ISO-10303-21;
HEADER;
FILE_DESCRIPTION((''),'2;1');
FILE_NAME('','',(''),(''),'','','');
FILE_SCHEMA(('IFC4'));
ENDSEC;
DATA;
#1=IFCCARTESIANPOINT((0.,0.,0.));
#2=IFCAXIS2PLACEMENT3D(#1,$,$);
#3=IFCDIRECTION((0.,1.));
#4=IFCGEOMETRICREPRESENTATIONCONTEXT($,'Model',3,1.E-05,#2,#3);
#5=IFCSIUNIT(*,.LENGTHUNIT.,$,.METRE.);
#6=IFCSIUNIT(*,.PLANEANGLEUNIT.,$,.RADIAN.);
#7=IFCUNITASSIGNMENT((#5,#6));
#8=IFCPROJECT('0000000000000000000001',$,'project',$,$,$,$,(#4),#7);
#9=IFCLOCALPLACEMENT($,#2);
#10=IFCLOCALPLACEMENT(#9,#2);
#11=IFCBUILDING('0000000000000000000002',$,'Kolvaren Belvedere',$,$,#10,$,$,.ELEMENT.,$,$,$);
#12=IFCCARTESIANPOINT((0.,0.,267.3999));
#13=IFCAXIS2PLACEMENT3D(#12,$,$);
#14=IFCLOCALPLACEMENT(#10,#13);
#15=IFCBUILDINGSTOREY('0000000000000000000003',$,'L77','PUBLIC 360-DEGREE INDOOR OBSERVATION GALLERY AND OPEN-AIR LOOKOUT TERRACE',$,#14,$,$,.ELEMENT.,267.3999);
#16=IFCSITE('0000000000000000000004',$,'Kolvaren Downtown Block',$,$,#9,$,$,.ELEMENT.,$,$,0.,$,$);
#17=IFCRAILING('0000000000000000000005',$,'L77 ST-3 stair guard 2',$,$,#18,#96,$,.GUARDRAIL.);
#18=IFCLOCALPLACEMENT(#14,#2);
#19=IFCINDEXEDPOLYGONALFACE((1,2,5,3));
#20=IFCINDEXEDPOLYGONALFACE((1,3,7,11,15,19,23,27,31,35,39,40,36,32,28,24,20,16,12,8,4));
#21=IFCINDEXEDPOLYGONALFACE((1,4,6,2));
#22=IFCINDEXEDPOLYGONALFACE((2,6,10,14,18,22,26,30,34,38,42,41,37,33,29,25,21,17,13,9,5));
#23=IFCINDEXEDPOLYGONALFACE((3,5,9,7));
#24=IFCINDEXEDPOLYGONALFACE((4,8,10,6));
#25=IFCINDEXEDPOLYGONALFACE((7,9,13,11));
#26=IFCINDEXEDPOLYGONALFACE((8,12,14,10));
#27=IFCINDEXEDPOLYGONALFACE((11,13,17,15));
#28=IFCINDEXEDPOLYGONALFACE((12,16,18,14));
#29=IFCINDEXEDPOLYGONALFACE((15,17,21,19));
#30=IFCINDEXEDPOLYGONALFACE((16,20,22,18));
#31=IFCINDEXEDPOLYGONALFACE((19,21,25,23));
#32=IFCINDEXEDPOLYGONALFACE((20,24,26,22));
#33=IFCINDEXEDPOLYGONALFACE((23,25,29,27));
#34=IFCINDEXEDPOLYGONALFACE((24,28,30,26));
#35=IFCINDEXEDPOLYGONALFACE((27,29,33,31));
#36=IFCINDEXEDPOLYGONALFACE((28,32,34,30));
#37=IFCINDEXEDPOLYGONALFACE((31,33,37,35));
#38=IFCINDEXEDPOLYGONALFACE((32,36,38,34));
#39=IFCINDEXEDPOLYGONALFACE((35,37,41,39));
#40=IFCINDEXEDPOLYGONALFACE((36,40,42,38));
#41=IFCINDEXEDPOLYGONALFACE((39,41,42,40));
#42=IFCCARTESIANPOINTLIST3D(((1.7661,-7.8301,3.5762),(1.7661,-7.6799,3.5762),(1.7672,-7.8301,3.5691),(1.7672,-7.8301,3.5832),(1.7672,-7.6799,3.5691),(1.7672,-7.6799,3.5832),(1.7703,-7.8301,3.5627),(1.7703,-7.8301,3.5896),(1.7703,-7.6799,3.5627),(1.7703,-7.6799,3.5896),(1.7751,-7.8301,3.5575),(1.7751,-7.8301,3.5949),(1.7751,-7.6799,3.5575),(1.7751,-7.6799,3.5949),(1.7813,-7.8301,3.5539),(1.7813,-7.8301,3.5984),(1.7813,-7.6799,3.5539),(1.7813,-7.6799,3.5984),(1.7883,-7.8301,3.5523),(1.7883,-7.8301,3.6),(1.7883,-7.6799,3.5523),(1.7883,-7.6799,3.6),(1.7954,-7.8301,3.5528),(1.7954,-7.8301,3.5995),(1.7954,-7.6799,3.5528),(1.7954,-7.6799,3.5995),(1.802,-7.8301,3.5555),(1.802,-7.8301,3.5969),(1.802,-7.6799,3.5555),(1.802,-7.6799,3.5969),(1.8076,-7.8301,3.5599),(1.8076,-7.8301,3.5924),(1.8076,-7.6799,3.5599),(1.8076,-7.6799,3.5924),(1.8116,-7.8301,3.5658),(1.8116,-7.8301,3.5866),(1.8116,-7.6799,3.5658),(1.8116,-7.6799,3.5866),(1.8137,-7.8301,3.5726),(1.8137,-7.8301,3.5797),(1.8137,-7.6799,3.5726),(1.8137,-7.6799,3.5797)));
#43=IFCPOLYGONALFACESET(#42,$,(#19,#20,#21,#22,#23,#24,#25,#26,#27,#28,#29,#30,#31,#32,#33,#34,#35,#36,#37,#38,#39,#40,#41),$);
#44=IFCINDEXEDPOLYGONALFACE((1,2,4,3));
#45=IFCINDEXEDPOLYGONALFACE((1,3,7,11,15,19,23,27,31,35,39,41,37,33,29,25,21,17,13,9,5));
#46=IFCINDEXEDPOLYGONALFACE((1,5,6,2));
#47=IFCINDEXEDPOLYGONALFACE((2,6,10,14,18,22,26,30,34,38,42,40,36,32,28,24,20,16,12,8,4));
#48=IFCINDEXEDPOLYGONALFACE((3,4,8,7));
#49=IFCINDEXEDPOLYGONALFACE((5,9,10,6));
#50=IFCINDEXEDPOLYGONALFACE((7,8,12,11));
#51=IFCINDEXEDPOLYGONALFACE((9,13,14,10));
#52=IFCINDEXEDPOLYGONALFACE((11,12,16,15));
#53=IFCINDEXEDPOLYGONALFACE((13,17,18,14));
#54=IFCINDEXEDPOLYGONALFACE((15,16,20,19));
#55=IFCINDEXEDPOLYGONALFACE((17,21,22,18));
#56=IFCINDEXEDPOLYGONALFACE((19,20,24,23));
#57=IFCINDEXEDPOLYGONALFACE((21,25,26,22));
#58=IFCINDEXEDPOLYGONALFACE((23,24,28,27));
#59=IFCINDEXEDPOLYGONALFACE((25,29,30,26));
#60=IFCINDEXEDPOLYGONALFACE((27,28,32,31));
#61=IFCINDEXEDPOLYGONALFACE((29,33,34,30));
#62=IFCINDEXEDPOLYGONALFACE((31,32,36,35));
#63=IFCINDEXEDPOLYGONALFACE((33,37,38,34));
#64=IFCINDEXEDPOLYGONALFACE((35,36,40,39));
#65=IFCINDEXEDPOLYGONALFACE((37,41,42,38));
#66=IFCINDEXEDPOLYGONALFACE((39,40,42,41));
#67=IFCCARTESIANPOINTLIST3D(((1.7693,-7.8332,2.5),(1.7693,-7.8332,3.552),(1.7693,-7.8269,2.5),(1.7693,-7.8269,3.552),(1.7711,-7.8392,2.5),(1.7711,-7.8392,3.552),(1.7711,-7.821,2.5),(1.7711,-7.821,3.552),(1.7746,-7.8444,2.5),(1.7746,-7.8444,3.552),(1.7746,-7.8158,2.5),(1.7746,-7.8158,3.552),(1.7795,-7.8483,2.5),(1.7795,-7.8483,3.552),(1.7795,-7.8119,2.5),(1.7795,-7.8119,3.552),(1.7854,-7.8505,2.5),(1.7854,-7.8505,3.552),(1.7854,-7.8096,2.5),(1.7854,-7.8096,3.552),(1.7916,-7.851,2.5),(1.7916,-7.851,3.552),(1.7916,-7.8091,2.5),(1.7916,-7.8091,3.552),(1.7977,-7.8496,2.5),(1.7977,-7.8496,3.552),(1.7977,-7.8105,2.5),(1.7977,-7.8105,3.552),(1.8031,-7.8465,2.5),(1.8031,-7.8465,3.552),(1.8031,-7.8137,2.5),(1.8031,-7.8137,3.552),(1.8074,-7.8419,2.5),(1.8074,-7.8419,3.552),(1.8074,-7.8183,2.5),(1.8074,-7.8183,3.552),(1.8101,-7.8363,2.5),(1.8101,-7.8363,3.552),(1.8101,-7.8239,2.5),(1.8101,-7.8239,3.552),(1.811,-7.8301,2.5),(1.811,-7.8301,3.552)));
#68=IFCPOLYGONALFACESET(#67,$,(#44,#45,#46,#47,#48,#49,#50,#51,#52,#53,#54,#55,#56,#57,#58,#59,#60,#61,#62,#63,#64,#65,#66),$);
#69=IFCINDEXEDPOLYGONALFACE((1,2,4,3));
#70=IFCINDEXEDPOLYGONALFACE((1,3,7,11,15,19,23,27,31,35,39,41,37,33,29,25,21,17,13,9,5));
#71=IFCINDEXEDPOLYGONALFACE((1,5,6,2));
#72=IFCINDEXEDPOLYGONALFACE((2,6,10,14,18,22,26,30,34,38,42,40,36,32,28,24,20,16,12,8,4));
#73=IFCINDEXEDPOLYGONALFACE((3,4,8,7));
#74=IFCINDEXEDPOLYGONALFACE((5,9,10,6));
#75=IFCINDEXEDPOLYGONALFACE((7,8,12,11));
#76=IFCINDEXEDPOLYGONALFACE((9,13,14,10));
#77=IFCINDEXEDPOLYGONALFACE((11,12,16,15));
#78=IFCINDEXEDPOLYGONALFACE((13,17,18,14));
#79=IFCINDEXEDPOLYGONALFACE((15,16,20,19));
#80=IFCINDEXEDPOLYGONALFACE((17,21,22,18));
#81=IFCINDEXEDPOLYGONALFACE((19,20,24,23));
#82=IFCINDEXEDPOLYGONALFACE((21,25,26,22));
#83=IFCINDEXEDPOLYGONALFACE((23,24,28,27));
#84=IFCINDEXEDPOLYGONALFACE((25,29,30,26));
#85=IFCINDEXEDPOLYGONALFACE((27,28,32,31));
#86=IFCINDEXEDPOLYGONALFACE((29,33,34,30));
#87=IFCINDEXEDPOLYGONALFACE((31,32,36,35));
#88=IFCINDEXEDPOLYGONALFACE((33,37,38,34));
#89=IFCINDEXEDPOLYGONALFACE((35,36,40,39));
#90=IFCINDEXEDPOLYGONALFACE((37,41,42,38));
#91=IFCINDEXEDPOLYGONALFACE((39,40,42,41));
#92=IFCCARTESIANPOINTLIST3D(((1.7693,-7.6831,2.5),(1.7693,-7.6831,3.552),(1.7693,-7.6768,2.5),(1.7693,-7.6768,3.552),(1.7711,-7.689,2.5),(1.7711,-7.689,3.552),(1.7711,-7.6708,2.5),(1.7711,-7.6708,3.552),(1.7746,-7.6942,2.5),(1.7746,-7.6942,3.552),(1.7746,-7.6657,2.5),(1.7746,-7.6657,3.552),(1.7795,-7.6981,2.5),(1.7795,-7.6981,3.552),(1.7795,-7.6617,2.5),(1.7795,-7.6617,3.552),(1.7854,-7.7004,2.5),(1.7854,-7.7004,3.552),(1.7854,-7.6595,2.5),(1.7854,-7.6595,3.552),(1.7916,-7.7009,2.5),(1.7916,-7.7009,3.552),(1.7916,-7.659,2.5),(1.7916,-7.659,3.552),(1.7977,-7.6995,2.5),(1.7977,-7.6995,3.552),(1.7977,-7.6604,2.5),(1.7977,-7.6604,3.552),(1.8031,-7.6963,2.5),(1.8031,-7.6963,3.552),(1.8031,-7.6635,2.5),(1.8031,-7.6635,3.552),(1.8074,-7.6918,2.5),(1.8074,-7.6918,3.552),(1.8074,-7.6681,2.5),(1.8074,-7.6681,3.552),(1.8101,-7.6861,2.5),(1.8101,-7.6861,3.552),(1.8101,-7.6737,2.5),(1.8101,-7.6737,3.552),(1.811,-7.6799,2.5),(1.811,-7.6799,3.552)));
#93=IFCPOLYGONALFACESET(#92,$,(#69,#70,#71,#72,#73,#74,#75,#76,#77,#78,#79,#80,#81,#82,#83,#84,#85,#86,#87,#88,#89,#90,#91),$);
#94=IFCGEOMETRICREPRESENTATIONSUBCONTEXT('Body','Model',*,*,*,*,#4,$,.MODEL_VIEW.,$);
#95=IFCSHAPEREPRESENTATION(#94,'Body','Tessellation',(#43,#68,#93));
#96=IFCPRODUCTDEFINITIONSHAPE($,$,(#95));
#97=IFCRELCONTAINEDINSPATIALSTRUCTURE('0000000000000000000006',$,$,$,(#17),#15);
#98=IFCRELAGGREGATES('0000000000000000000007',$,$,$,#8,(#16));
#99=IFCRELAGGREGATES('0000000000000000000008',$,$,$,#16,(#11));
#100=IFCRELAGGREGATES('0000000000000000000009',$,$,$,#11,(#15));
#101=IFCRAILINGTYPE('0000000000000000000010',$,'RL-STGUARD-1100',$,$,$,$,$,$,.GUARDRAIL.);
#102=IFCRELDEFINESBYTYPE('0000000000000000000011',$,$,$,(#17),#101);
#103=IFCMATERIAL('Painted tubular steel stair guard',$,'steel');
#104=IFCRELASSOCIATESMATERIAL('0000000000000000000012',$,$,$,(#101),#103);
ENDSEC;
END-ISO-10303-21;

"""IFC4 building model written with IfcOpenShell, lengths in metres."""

from ifc_helpers import new_model, si_unit, direction, frame, origin, origin_2d, place, context, subcontext, project, spatial, circle, extrude, material, type_object, element, save


model = new_model("IFC4")

# Units and contexts
model_context = context("Model", 3, precision=1e-05, world=origin(), true_north=direction((0.0, 1.0)))
body_context = subcontext(model_context, "Body", "Model", "MODEL_VIEW")
ifc_project = project(units=[si_unit("LENGTHUNIT", "METRE"), si_unit("PLANEANGLEUNIT", "RADIAN")], contexts=[model_context])

# Site, building, storey
site_placement = place(None, origin())
site = spatial("IfcSite", under=ifc_project, at=site_placement, Name="Kolvaren Downtown Block", CompositionType="ELEMENT", RefElevation=0.0)
building_placement = place(site_placement, origin())
building = spatial("IfcBuilding", under=site, at=building_placement, Name="Kolvaren Belvedere", CompositionType="ELEMENT")
storey_placement = place(building_placement, frame((0.0, 0.0, 267.3999)))
storey = spatial("IfcBuildingStorey", under=building, at=storey_placement, Name="L77", Description="PUBLIC 360-DEGREE INDOOR OBSERVATION GALLERY AND OPEN-AIR LOOKOUT TERRACE", CompositionType="ELEMENT", Elevation=267.3999)

# Railing
ifc_material_1 = material(Name="Painted tubular steel stair guard", Category="steel")
railing_type_1 = type_object("IfcRailingType", Name="RL-STGUARD-1100", PredefinedType="GUARDRAIL", material=ifc_material_1)
railing_1_placement = place(storey_placement, frame((1.79, -7.8301, 2.5)))
element("IfcRailing", 1, at=railing_1_placement, inside=storey, type_object=railing_type_1, Name="L77 ST-3 stair guard 2", PredefinedType="GUARDRAIL", context=body_context, shape_type="SweptSolid", body=[
    extrude(circle(Radius=0.0239, at=origin_2d()), frame((0.0, 0.0, 1.0762), z_axis=(0.0, 1.0, 0.0), x_axis=(-1.0, 0.0, 0.0)), (0.0, 0.0, 1.0), 0.1501),
    extrude(circle(Radius=0.021, at=origin_2d()), origin(), (0.0, 0.0, 1.0), 1.052),
    extrude(circle(Radius=0.021, at=origin_2d()), frame((0.0, 0.1501, 0.0)), (0.0, 0.0, 1.0), 1.052),
])

save(model, "model.ifc")
